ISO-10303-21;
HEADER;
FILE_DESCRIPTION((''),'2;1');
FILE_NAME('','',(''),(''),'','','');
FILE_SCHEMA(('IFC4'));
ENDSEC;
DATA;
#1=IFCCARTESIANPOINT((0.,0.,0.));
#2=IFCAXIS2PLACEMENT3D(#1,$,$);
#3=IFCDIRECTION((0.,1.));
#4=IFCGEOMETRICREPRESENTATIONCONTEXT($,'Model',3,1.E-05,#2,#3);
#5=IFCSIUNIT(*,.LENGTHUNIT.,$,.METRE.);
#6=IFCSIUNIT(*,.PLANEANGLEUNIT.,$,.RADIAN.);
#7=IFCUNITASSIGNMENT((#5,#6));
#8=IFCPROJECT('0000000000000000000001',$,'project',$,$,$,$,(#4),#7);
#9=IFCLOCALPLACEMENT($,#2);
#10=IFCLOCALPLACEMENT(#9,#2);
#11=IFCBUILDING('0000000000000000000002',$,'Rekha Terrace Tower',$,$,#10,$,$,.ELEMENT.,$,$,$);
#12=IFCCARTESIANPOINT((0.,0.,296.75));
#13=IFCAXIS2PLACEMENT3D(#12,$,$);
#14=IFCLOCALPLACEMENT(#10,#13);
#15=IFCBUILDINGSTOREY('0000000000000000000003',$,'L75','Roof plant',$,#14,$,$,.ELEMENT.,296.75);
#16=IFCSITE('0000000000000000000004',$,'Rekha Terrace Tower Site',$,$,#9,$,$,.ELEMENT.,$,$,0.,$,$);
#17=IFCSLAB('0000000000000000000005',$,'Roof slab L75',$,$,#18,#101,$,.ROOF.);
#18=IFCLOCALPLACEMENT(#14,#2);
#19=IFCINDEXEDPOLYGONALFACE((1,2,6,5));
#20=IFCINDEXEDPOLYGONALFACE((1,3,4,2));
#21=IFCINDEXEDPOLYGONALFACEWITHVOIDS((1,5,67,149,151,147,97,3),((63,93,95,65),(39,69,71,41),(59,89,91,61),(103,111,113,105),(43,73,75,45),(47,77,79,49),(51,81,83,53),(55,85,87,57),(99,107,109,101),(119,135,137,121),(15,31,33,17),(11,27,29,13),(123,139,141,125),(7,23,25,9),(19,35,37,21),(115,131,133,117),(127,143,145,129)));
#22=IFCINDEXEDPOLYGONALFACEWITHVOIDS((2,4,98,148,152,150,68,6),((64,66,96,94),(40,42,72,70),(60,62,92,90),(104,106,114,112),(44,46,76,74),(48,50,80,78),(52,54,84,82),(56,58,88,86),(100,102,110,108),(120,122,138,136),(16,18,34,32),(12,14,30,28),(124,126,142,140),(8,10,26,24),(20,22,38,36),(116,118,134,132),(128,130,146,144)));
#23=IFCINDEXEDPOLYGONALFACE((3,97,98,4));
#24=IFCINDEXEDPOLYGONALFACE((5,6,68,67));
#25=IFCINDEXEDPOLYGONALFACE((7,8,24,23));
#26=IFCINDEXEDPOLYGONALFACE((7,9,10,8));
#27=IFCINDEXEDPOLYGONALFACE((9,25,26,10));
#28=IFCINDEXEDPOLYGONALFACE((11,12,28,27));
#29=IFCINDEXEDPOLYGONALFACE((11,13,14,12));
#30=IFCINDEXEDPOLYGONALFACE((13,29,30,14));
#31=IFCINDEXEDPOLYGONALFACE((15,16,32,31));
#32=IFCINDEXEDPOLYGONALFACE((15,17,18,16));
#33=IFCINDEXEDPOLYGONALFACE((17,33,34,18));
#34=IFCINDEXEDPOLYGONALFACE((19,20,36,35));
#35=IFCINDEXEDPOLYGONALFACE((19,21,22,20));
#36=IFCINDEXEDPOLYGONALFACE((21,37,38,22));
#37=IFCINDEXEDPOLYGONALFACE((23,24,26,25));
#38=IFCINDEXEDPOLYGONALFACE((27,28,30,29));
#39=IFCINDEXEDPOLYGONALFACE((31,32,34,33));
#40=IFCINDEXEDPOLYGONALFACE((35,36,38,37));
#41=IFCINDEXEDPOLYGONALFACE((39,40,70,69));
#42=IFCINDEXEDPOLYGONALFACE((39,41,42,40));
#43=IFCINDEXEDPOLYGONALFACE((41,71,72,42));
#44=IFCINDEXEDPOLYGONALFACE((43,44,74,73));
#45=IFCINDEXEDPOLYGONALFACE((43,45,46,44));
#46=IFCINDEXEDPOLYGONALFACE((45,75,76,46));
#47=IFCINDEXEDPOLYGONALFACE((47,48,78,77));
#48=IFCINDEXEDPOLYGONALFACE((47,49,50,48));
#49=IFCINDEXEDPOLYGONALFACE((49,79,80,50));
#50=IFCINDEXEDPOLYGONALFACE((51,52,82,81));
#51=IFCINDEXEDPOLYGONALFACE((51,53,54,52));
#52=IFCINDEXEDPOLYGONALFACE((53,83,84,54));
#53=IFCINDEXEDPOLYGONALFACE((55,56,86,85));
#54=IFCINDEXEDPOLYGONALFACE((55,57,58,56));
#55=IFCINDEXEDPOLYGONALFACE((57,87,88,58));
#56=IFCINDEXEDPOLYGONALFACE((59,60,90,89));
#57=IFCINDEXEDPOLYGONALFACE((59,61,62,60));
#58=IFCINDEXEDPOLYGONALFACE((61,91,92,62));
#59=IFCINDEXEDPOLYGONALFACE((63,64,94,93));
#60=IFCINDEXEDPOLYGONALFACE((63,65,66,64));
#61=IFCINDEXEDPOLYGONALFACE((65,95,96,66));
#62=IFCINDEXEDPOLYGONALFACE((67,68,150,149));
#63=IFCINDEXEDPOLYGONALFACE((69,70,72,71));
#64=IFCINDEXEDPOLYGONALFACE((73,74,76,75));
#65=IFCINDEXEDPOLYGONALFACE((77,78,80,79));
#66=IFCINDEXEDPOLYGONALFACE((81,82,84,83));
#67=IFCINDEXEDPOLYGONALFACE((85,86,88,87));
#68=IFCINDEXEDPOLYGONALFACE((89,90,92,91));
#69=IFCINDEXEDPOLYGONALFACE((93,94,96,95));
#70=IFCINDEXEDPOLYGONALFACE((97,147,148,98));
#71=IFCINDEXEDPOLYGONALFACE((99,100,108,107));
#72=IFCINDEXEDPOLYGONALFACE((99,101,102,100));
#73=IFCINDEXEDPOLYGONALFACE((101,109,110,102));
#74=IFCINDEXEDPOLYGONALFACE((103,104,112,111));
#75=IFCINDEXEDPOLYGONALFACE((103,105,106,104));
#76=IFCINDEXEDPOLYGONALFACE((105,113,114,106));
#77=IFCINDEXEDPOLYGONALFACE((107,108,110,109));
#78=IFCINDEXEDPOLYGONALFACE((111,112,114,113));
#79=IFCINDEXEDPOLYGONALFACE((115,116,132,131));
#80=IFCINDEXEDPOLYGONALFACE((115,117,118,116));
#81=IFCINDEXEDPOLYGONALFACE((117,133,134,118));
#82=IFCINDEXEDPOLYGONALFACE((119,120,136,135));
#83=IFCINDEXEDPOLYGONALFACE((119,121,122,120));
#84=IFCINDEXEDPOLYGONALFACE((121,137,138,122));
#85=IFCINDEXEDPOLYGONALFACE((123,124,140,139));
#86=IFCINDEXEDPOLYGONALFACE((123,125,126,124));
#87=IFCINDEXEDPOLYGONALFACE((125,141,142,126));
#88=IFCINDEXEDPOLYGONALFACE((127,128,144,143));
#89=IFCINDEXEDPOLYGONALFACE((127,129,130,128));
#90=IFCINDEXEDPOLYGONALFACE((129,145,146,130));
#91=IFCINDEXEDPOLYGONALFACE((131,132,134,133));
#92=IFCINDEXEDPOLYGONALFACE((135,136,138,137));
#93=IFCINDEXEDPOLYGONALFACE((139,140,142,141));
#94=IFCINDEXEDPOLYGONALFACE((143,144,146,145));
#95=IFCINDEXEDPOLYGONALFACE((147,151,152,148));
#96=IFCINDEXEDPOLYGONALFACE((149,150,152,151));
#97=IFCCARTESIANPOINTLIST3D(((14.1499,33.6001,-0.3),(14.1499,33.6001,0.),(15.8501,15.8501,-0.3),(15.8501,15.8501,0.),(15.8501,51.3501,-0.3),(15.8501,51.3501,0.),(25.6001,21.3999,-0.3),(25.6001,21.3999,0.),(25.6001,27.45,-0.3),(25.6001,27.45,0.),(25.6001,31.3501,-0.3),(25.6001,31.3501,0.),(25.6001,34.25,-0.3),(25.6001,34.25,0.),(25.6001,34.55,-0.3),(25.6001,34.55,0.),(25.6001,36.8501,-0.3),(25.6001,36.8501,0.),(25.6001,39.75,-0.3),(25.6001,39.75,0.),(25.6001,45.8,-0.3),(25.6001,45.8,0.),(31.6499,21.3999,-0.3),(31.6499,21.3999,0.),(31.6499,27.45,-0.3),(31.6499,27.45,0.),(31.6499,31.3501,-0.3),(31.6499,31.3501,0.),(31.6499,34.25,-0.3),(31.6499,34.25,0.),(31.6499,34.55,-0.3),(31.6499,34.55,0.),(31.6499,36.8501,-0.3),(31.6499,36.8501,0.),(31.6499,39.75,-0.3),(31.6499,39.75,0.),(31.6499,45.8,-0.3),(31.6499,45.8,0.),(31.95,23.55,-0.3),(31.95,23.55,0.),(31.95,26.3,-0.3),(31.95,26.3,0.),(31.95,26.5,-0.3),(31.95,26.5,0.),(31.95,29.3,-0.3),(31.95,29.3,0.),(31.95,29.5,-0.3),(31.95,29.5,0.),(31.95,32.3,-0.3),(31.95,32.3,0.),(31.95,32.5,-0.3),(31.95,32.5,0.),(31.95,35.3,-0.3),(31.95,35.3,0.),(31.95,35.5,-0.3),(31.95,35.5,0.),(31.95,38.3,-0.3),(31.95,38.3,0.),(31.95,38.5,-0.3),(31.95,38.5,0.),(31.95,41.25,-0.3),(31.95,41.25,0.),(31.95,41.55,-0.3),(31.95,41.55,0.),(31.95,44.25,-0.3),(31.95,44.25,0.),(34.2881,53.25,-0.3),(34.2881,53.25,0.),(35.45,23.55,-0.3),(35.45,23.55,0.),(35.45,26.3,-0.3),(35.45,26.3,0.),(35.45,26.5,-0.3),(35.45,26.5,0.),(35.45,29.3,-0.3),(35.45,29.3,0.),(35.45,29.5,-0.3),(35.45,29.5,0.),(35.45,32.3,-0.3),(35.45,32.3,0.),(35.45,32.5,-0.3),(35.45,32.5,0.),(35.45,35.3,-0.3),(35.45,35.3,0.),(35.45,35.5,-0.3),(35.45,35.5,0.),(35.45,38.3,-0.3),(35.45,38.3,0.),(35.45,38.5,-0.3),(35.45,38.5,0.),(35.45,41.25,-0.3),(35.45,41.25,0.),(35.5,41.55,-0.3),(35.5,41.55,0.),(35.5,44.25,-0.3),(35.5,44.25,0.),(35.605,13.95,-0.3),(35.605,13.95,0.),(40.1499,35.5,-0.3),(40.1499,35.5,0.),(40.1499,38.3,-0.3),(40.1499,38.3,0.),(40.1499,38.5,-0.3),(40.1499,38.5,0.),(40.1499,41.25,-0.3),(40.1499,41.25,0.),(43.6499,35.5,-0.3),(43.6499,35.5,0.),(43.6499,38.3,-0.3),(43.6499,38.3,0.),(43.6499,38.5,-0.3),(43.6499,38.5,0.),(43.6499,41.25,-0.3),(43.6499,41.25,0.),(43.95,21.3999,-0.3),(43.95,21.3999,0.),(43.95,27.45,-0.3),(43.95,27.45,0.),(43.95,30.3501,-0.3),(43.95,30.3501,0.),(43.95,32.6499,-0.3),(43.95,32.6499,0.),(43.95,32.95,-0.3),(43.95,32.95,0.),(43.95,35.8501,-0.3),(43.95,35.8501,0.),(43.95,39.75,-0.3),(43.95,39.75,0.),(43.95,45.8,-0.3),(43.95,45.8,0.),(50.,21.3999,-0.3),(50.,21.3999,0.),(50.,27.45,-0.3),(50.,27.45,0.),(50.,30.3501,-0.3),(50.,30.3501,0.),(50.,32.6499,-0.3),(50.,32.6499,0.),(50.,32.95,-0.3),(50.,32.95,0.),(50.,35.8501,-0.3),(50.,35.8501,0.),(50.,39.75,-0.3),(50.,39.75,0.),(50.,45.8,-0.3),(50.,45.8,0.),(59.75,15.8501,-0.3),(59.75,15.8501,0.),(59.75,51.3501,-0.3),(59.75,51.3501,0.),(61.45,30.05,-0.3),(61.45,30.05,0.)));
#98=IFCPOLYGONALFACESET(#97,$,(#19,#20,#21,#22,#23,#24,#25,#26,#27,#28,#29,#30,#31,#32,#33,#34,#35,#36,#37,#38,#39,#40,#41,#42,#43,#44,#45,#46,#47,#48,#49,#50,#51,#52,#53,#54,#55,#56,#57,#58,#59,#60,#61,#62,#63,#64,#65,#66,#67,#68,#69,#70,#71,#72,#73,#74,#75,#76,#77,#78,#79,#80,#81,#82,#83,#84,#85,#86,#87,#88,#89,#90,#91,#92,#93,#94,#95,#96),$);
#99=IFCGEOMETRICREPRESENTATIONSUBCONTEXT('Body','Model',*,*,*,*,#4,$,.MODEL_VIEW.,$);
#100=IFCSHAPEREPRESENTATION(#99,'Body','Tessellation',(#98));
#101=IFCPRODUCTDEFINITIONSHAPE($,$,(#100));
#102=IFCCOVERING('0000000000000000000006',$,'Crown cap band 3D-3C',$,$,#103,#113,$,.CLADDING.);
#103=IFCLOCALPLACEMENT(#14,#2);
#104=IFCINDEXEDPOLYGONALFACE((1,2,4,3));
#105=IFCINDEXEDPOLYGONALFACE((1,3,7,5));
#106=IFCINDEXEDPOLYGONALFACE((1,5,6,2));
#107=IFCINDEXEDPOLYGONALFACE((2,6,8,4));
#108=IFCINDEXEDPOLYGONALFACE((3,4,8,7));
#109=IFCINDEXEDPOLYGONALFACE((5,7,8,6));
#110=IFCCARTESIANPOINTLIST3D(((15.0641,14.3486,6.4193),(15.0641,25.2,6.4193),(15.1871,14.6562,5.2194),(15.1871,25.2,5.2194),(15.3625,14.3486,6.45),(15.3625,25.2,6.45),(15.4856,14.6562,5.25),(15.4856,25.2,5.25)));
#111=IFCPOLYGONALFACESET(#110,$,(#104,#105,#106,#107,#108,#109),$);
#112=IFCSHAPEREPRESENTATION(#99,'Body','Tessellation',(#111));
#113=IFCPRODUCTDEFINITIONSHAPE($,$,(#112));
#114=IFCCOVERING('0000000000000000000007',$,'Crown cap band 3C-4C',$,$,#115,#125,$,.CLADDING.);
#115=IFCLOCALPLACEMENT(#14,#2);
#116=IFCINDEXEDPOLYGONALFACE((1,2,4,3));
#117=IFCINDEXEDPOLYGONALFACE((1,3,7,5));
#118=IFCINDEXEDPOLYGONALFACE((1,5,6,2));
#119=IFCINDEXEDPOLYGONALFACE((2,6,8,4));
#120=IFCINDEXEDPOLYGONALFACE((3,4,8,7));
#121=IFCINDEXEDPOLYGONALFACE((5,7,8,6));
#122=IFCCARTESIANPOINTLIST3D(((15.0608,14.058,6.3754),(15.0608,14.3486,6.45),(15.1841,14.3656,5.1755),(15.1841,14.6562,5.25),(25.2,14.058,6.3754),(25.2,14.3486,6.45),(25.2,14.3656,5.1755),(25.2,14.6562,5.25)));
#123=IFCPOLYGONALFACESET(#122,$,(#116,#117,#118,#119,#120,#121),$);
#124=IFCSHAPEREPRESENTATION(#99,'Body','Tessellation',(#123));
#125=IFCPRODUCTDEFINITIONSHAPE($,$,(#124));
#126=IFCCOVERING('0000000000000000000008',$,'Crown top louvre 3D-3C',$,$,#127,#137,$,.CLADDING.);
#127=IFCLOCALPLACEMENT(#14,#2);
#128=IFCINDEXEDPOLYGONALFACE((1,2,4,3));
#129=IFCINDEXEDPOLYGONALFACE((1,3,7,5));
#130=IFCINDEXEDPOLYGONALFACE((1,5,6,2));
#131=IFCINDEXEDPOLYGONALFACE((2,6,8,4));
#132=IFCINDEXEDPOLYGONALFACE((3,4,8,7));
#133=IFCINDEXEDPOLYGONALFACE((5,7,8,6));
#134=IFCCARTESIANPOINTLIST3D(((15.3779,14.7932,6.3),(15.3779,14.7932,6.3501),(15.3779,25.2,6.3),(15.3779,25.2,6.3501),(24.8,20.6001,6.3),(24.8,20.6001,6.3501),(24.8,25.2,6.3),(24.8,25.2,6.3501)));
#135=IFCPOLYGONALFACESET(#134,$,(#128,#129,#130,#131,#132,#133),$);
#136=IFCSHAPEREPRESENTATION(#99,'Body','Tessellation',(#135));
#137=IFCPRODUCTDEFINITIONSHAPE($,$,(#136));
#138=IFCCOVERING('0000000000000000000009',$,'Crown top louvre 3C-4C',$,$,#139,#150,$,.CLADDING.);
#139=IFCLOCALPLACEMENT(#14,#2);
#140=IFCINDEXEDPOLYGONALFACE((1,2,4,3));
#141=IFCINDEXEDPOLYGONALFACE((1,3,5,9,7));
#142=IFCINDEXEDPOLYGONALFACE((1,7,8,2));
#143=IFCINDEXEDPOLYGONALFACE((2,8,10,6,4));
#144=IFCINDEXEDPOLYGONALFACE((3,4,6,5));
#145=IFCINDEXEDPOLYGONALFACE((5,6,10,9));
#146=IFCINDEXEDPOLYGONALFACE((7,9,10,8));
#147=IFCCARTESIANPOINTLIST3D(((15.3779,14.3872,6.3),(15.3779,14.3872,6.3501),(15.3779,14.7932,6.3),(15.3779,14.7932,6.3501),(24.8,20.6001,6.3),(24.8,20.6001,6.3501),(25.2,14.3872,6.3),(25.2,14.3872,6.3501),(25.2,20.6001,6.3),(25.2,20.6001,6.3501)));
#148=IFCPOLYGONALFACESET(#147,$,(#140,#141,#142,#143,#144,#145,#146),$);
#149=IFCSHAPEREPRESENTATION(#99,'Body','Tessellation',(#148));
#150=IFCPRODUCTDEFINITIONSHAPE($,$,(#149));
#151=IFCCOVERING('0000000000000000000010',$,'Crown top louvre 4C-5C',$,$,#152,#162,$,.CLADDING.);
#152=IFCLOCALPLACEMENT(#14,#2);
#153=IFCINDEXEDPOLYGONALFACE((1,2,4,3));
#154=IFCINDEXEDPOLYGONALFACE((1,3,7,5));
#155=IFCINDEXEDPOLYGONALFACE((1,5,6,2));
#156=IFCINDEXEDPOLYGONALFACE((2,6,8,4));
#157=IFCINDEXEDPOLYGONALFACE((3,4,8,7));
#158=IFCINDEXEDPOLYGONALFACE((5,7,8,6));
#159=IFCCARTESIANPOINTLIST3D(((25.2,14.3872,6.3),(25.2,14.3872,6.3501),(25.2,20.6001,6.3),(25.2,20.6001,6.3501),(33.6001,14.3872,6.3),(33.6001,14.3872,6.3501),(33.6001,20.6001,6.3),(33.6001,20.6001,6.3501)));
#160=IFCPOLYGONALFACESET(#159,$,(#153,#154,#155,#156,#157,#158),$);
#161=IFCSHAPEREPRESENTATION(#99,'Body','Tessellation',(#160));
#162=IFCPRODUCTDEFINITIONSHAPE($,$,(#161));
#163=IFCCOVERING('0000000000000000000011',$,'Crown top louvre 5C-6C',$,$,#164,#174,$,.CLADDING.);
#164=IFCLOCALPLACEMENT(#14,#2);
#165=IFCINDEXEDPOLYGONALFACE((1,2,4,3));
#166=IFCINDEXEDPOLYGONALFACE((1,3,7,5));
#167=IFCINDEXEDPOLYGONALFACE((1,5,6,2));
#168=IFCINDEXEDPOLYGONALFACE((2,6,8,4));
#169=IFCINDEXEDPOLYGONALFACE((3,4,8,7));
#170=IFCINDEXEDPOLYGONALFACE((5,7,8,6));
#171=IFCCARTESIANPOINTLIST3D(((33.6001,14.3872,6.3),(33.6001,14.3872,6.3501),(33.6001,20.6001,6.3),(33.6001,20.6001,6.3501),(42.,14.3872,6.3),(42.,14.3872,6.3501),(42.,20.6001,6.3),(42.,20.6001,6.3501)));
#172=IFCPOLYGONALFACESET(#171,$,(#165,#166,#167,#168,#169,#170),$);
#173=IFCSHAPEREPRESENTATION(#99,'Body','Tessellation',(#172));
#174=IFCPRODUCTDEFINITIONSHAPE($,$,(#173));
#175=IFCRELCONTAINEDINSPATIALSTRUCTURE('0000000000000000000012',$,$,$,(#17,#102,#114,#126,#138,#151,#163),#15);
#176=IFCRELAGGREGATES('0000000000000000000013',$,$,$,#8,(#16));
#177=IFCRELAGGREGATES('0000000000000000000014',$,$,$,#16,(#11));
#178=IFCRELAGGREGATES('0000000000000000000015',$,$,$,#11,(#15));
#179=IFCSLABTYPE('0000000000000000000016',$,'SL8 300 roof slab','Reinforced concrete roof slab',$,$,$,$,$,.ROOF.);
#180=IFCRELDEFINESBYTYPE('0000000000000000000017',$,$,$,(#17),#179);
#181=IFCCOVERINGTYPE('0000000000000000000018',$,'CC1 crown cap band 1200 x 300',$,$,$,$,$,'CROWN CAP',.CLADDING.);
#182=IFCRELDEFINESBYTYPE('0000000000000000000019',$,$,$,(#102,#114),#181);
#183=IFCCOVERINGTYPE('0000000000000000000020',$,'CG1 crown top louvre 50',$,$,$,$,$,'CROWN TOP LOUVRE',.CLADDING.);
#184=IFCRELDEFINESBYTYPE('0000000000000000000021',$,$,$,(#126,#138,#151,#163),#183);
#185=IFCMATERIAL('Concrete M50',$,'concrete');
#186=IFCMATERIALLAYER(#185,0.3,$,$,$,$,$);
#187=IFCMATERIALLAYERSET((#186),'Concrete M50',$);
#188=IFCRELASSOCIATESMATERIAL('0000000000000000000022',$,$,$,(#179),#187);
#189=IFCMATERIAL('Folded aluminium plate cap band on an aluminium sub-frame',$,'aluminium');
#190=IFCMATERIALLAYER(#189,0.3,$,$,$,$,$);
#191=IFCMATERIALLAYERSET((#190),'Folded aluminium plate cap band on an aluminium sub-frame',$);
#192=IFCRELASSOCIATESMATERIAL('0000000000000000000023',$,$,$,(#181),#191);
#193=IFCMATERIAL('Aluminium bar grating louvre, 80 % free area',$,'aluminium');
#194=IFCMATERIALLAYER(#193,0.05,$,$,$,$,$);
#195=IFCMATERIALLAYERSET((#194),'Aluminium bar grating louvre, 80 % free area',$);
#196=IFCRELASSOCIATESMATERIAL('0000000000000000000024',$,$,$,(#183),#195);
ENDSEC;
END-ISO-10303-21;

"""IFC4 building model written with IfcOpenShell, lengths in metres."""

from ifc_helpers import new_model, si_unit, direction, frame, origin, place, context, subcontext, project, spatial, polyline, outline, extrude, material, layer, layer_set, type_object, element, save


model = new_model("IFC4")

# Units and contexts
model_context = context("Model", 3, precision=1e-05, world=origin(), true_north=direction((0.0, 1.0)))
body_context = subcontext(model_context, "Body", "Model", "MODEL_VIEW")
ifc_project = project(units=[si_unit("LENGTHUNIT", "METRE"), si_unit("PLANEANGLEUNIT", "RADIAN")], contexts=[model_context])

# Site, building, storey
site_placement = place(None, origin())
site = spatial("IfcSite", under=ifc_project, at=site_placement, Name="Rekha Terrace Tower Site", CompositionType="ELEMENT", RefElevation=0.0)
building_placement = place(site_placement, origin())
building = spatial("IfcBuilding", under=site, at=building_placement, Name="Rekha Terrace Tower", CompositionType="ELEMENT")
storey_placement = place(building_placement, frame((0.0, 0.0, 296.75)))
storey = spatial("IfcBuildingStorey", under=building, at=storey_placement, Name="L75", Description="Roof plant", CompositionType="ELEMENT", Elevation=296.75)

# Slab
ifc_material_1 = material(Name="Concrete M50", Category="concrete")
ifc_layer_1 = layer(ifc_material_1, 0.3)
ifc_layer_set_1 = layer_set([ifc_layer_1], Name="Concrete M50")
slab_type = type_object("IfcSlabType", Name="SL8 300 roof slab", Description="Reinforced concrete roof slab", PredefinedType="ROOF", material=ifc_layer_set_1)
slab_placement = place(storey_placement, frame((0.0, 0.0, -0.3)))
element("IfcSlab", 1, at=slab_placement, inside=storey, type_object=slab_type, Name="Roof slab L75", PredefinedType="ROOF", context=body_context, shape_type="SweptSolid", body=[
    extrude(outline(polyline([(14.1499, 33.6001), (15.8501, 15.8501), (35.605, 13.95), (59.75, 15.8501), (61.45, 30.05), (59.75, 51.3501), (34.2881, 53.25), (15.8501, 51.3501), (14.1499, 33.6001)]), holes=[polyline([(31.6499, 27.45), (31.6499, 21.3999), (25.6001, 21.3999), (25.6001, 27.45), (31.6499, 27.45)]), polyline([(35.45, 26.3), (35.45, 23.55), (31.95, 23.55), (31.95, 26.3), (35.45, 26.3)]), polyline([(35.45, 29.3), (35.45, 26.5), (31.95, 26.5), (31.95, 29.3), (35.45, 29.3)]), polyline([(35.45, 32.3), (35.45, 29.5), (31.95, 29.5), (31.95, 32.3), (35.45, 32.3)]), polyline([(31.6499, 34.25), (31.6499, 31.3501), (25.6001, 31.3501), (25.6001, 34.25), (31.6499, 34.25)]), polyline([(35.45, 35.3), (35.45, 32.5), (31.95, 32.5), (31.95, 35.3), (35.45, 35.3)]), polyline([(31.6499, 36.8501), (31.6499, 34.55), (25.6001, 34.55), (25.6001, 36.8501), (31.6499, 36.8501)]), polyline([(35.45, 38.3), (35.45, 35.5), (31.95, 35.5), (31.95, 38.3), (35.45, 38.3)]), polyline([(31.6499, 45.8), (31.6499, 39.75), (25.6001, 39.75), (25.6001, 45.8), (31.6499, 45.8)]), polyline([(50.0, 27.45), (50.0, 21.3999), (43.95, 21.3999), (43.95, 27.45), (50.0, 27.45)]), polyline([(50.0, 32.6499), (50.0, 30.3501), (43.95, 30.3501), (43.95, 32.6499), (50.0, 32.6499)]), polyline([(50.0, 35.8501), (50.0, 32.95), (43.95, 32.95), (43.95, 35.8501), (50.0, 35.8501)]), polyline([(43.6499, 38.3), (43.6499, 35.5), (40.1499, 35.5), (40.1499, 38.3), (43.6499, 38.3)]), polyline([(35.45, 41.25), (35.45, 38.5), (31.95, 38.5), (31.95, 41.25), (35.45, 41.25)]), polyline([(43.6499, 41.25), (43.6499, 38.5), (40.1499, 38.5), (40.1499, 41.25), (43.6499, 41.25)]), polyline([(50.0, 39.75), (43.95, 39.75), (43.95, 45.8), (50.0, 45.8), (50.0, 39.75)]), polyline([(35.5, 41.55), (31.95, 41.55), (31.95, 44.25), (35.5, 44.25), (35.5, 41.55)])]), origin(), (0.0, 0.0, 1.0), 0.3),
])

# Coverings
ifc_material_2 = material(Name="Folded aluminium plate cap band on an aluminium sub-frame", Category="aluminium")
ifc_layer_2 = layer(ifc_material_2, 0.3)
ifc_layer_set_2 = layer_set([ifc_layer_2], Name="Folded aluminium plate cap band on an aluminium sub-frame")
covering_type_1 = type_object("IfcCoveringType", Name="CC1 crown cap band 1200 x 300", ElementType="CROWN CAP", PredefinedType="CLADDING", material=ifc_layer_set_2)
covering_1_placement = place(storey_placement, frame((15.4856, 25.2, 5.25), z_axis=(0.994784, 0.0, 0.102008), x_axis=(0.0, -1.0, 0.0)))
element("IfcCovering", 2, at=covering_1_placement, inside=storey, type_object=covering_type_1, Name="Crown cap band 3D-3C", PredefinedType="CLADDING", context=body_context, shape_type="SweptSolid", body=[
    extrude(outline(polyline([(0.0, 0.0), (10.5437, 0.0), (10.8513, -1.2062), (0.0, -1.2062), (0.0, 0.0)])), origin(), (0.0, 0.0, -1.0), 0.3),
])
covering_2_placement = place(storey_placement, frame((15.1841, 14.6562, 5.25), z_axis=(0.0, 0.968676, 0.248328), x_axis=(1.0, 0.0, 0.0)))
element("IfcCovering", 3, at=covering_2_placement, inside=storey, type_object=covering_type_1, Name="Crown cap band 3C-4C", PredefinedType="CLADDING", context=body_context, shape_type="SweptSolid", body=[
    extrude(outline(polyline([(0.0, 0.0), (10.0159, 0.0), (10.0159, -1.2388), (-0.1233, -1.2388), (0.0, 0.0)])), origin(), (0.0, 0.0, -1.0), 0.3),
])
ifc_material_3 = material(Name="Aluminium bar grating louvre, 80 % free area", Category="aluminium")
ifc_layer_3 = layer(ifc_material_3, 0.05)
ifc_layer_set_3 = layer_set([ifc_layer_3], Name="Aluminium bar grating louvre, 80 % free area")
covering_type_2 = type_object("IfcCoveringType", Name="CG1 crown top louvre 50", ElementType="CROWN TOP LOUVRE", PredefinedType="CLADDING", material=ifc_layer_set_3)
covering_3_placement = place(storey_placement, frame((0.0, 0.0, 6.3)))
element("IfcCovering", 4, at=covering_3_placement, inside=storey, type_object=covering_type_2, Name="Crown top louvre 3D-3C", PredefinedType="CLADDING", context=body_context, shape_type="SweptSolid", body=[
    extrude(outline(polyline([(15.3779, 14.7932), (24.8, 20.6001), (24.8, 20.6001), (24.8, 25.2), (15.3779, 25.2), (15.3779, 14.7932)])), origin(), (0.0, 0.0, 1.0), 0.05),
])
covering_4_placement = place(storey_placement, frame((0.0, 0.0, 6.3)))
element("IfcCovering", 5, at=covering_4_placement, inside=storey, type_object=covering_type_2, Name="Crown top louvre 3C-4C", PredefinedType="CLADDING", context=body_context, shape_type="SweptSolid", body=[
    extrude(outline(polyline([(25.2, 14.3872), (25.2, 20.6001), (24.8, 20.6001), (15.3779, 14.7932), (15.3779, 14.3872), (25.2, 14.3872)])), origin(), (0.0, 0.0, 1.0), 0.05),
])
covering_5_placement = place(storey_placement, frame((0.0, 0.0, 6.3)))
element("IfcCovering", 6, at=covering_5_placement, inside=storey, type_object=covering_type_2, Name="Crown top louvre 4C-5C", PredefinedType="CLADDING", context=body_context, shape_type="SweptSolid", body=[
    extrude(outline(polyline([(33.6001, 14.3872), (33.6001, 20.6001), (25.2, 20.6001), (25.2, 14.3872), (33.6001, 14.3872)])), origin(), (0.0, 0.0, 1.0), 0.05),
])
covering_6_placement = place(storey_placement, frame((0.0, 0.0, 6.3)))
element("IfcCovering", 7, at=covering_6_placement, inside=storey, type_object=covering_type_2, Name="Crown top louvre 5C-6C", PredefinedType="CLADDING", context=body_context, shape_type="SweptSolid", body=[
    extrude(outline(polyline([(42.0, 14.3872), (42.0, 20.6001), (33.6001, 20.6001), (33.6001, 14.3872), (42.0, 14.3872)])), origin(), (0.0, 0.0, 1.0), 0.05),
])

save(model, "model.ifc")
